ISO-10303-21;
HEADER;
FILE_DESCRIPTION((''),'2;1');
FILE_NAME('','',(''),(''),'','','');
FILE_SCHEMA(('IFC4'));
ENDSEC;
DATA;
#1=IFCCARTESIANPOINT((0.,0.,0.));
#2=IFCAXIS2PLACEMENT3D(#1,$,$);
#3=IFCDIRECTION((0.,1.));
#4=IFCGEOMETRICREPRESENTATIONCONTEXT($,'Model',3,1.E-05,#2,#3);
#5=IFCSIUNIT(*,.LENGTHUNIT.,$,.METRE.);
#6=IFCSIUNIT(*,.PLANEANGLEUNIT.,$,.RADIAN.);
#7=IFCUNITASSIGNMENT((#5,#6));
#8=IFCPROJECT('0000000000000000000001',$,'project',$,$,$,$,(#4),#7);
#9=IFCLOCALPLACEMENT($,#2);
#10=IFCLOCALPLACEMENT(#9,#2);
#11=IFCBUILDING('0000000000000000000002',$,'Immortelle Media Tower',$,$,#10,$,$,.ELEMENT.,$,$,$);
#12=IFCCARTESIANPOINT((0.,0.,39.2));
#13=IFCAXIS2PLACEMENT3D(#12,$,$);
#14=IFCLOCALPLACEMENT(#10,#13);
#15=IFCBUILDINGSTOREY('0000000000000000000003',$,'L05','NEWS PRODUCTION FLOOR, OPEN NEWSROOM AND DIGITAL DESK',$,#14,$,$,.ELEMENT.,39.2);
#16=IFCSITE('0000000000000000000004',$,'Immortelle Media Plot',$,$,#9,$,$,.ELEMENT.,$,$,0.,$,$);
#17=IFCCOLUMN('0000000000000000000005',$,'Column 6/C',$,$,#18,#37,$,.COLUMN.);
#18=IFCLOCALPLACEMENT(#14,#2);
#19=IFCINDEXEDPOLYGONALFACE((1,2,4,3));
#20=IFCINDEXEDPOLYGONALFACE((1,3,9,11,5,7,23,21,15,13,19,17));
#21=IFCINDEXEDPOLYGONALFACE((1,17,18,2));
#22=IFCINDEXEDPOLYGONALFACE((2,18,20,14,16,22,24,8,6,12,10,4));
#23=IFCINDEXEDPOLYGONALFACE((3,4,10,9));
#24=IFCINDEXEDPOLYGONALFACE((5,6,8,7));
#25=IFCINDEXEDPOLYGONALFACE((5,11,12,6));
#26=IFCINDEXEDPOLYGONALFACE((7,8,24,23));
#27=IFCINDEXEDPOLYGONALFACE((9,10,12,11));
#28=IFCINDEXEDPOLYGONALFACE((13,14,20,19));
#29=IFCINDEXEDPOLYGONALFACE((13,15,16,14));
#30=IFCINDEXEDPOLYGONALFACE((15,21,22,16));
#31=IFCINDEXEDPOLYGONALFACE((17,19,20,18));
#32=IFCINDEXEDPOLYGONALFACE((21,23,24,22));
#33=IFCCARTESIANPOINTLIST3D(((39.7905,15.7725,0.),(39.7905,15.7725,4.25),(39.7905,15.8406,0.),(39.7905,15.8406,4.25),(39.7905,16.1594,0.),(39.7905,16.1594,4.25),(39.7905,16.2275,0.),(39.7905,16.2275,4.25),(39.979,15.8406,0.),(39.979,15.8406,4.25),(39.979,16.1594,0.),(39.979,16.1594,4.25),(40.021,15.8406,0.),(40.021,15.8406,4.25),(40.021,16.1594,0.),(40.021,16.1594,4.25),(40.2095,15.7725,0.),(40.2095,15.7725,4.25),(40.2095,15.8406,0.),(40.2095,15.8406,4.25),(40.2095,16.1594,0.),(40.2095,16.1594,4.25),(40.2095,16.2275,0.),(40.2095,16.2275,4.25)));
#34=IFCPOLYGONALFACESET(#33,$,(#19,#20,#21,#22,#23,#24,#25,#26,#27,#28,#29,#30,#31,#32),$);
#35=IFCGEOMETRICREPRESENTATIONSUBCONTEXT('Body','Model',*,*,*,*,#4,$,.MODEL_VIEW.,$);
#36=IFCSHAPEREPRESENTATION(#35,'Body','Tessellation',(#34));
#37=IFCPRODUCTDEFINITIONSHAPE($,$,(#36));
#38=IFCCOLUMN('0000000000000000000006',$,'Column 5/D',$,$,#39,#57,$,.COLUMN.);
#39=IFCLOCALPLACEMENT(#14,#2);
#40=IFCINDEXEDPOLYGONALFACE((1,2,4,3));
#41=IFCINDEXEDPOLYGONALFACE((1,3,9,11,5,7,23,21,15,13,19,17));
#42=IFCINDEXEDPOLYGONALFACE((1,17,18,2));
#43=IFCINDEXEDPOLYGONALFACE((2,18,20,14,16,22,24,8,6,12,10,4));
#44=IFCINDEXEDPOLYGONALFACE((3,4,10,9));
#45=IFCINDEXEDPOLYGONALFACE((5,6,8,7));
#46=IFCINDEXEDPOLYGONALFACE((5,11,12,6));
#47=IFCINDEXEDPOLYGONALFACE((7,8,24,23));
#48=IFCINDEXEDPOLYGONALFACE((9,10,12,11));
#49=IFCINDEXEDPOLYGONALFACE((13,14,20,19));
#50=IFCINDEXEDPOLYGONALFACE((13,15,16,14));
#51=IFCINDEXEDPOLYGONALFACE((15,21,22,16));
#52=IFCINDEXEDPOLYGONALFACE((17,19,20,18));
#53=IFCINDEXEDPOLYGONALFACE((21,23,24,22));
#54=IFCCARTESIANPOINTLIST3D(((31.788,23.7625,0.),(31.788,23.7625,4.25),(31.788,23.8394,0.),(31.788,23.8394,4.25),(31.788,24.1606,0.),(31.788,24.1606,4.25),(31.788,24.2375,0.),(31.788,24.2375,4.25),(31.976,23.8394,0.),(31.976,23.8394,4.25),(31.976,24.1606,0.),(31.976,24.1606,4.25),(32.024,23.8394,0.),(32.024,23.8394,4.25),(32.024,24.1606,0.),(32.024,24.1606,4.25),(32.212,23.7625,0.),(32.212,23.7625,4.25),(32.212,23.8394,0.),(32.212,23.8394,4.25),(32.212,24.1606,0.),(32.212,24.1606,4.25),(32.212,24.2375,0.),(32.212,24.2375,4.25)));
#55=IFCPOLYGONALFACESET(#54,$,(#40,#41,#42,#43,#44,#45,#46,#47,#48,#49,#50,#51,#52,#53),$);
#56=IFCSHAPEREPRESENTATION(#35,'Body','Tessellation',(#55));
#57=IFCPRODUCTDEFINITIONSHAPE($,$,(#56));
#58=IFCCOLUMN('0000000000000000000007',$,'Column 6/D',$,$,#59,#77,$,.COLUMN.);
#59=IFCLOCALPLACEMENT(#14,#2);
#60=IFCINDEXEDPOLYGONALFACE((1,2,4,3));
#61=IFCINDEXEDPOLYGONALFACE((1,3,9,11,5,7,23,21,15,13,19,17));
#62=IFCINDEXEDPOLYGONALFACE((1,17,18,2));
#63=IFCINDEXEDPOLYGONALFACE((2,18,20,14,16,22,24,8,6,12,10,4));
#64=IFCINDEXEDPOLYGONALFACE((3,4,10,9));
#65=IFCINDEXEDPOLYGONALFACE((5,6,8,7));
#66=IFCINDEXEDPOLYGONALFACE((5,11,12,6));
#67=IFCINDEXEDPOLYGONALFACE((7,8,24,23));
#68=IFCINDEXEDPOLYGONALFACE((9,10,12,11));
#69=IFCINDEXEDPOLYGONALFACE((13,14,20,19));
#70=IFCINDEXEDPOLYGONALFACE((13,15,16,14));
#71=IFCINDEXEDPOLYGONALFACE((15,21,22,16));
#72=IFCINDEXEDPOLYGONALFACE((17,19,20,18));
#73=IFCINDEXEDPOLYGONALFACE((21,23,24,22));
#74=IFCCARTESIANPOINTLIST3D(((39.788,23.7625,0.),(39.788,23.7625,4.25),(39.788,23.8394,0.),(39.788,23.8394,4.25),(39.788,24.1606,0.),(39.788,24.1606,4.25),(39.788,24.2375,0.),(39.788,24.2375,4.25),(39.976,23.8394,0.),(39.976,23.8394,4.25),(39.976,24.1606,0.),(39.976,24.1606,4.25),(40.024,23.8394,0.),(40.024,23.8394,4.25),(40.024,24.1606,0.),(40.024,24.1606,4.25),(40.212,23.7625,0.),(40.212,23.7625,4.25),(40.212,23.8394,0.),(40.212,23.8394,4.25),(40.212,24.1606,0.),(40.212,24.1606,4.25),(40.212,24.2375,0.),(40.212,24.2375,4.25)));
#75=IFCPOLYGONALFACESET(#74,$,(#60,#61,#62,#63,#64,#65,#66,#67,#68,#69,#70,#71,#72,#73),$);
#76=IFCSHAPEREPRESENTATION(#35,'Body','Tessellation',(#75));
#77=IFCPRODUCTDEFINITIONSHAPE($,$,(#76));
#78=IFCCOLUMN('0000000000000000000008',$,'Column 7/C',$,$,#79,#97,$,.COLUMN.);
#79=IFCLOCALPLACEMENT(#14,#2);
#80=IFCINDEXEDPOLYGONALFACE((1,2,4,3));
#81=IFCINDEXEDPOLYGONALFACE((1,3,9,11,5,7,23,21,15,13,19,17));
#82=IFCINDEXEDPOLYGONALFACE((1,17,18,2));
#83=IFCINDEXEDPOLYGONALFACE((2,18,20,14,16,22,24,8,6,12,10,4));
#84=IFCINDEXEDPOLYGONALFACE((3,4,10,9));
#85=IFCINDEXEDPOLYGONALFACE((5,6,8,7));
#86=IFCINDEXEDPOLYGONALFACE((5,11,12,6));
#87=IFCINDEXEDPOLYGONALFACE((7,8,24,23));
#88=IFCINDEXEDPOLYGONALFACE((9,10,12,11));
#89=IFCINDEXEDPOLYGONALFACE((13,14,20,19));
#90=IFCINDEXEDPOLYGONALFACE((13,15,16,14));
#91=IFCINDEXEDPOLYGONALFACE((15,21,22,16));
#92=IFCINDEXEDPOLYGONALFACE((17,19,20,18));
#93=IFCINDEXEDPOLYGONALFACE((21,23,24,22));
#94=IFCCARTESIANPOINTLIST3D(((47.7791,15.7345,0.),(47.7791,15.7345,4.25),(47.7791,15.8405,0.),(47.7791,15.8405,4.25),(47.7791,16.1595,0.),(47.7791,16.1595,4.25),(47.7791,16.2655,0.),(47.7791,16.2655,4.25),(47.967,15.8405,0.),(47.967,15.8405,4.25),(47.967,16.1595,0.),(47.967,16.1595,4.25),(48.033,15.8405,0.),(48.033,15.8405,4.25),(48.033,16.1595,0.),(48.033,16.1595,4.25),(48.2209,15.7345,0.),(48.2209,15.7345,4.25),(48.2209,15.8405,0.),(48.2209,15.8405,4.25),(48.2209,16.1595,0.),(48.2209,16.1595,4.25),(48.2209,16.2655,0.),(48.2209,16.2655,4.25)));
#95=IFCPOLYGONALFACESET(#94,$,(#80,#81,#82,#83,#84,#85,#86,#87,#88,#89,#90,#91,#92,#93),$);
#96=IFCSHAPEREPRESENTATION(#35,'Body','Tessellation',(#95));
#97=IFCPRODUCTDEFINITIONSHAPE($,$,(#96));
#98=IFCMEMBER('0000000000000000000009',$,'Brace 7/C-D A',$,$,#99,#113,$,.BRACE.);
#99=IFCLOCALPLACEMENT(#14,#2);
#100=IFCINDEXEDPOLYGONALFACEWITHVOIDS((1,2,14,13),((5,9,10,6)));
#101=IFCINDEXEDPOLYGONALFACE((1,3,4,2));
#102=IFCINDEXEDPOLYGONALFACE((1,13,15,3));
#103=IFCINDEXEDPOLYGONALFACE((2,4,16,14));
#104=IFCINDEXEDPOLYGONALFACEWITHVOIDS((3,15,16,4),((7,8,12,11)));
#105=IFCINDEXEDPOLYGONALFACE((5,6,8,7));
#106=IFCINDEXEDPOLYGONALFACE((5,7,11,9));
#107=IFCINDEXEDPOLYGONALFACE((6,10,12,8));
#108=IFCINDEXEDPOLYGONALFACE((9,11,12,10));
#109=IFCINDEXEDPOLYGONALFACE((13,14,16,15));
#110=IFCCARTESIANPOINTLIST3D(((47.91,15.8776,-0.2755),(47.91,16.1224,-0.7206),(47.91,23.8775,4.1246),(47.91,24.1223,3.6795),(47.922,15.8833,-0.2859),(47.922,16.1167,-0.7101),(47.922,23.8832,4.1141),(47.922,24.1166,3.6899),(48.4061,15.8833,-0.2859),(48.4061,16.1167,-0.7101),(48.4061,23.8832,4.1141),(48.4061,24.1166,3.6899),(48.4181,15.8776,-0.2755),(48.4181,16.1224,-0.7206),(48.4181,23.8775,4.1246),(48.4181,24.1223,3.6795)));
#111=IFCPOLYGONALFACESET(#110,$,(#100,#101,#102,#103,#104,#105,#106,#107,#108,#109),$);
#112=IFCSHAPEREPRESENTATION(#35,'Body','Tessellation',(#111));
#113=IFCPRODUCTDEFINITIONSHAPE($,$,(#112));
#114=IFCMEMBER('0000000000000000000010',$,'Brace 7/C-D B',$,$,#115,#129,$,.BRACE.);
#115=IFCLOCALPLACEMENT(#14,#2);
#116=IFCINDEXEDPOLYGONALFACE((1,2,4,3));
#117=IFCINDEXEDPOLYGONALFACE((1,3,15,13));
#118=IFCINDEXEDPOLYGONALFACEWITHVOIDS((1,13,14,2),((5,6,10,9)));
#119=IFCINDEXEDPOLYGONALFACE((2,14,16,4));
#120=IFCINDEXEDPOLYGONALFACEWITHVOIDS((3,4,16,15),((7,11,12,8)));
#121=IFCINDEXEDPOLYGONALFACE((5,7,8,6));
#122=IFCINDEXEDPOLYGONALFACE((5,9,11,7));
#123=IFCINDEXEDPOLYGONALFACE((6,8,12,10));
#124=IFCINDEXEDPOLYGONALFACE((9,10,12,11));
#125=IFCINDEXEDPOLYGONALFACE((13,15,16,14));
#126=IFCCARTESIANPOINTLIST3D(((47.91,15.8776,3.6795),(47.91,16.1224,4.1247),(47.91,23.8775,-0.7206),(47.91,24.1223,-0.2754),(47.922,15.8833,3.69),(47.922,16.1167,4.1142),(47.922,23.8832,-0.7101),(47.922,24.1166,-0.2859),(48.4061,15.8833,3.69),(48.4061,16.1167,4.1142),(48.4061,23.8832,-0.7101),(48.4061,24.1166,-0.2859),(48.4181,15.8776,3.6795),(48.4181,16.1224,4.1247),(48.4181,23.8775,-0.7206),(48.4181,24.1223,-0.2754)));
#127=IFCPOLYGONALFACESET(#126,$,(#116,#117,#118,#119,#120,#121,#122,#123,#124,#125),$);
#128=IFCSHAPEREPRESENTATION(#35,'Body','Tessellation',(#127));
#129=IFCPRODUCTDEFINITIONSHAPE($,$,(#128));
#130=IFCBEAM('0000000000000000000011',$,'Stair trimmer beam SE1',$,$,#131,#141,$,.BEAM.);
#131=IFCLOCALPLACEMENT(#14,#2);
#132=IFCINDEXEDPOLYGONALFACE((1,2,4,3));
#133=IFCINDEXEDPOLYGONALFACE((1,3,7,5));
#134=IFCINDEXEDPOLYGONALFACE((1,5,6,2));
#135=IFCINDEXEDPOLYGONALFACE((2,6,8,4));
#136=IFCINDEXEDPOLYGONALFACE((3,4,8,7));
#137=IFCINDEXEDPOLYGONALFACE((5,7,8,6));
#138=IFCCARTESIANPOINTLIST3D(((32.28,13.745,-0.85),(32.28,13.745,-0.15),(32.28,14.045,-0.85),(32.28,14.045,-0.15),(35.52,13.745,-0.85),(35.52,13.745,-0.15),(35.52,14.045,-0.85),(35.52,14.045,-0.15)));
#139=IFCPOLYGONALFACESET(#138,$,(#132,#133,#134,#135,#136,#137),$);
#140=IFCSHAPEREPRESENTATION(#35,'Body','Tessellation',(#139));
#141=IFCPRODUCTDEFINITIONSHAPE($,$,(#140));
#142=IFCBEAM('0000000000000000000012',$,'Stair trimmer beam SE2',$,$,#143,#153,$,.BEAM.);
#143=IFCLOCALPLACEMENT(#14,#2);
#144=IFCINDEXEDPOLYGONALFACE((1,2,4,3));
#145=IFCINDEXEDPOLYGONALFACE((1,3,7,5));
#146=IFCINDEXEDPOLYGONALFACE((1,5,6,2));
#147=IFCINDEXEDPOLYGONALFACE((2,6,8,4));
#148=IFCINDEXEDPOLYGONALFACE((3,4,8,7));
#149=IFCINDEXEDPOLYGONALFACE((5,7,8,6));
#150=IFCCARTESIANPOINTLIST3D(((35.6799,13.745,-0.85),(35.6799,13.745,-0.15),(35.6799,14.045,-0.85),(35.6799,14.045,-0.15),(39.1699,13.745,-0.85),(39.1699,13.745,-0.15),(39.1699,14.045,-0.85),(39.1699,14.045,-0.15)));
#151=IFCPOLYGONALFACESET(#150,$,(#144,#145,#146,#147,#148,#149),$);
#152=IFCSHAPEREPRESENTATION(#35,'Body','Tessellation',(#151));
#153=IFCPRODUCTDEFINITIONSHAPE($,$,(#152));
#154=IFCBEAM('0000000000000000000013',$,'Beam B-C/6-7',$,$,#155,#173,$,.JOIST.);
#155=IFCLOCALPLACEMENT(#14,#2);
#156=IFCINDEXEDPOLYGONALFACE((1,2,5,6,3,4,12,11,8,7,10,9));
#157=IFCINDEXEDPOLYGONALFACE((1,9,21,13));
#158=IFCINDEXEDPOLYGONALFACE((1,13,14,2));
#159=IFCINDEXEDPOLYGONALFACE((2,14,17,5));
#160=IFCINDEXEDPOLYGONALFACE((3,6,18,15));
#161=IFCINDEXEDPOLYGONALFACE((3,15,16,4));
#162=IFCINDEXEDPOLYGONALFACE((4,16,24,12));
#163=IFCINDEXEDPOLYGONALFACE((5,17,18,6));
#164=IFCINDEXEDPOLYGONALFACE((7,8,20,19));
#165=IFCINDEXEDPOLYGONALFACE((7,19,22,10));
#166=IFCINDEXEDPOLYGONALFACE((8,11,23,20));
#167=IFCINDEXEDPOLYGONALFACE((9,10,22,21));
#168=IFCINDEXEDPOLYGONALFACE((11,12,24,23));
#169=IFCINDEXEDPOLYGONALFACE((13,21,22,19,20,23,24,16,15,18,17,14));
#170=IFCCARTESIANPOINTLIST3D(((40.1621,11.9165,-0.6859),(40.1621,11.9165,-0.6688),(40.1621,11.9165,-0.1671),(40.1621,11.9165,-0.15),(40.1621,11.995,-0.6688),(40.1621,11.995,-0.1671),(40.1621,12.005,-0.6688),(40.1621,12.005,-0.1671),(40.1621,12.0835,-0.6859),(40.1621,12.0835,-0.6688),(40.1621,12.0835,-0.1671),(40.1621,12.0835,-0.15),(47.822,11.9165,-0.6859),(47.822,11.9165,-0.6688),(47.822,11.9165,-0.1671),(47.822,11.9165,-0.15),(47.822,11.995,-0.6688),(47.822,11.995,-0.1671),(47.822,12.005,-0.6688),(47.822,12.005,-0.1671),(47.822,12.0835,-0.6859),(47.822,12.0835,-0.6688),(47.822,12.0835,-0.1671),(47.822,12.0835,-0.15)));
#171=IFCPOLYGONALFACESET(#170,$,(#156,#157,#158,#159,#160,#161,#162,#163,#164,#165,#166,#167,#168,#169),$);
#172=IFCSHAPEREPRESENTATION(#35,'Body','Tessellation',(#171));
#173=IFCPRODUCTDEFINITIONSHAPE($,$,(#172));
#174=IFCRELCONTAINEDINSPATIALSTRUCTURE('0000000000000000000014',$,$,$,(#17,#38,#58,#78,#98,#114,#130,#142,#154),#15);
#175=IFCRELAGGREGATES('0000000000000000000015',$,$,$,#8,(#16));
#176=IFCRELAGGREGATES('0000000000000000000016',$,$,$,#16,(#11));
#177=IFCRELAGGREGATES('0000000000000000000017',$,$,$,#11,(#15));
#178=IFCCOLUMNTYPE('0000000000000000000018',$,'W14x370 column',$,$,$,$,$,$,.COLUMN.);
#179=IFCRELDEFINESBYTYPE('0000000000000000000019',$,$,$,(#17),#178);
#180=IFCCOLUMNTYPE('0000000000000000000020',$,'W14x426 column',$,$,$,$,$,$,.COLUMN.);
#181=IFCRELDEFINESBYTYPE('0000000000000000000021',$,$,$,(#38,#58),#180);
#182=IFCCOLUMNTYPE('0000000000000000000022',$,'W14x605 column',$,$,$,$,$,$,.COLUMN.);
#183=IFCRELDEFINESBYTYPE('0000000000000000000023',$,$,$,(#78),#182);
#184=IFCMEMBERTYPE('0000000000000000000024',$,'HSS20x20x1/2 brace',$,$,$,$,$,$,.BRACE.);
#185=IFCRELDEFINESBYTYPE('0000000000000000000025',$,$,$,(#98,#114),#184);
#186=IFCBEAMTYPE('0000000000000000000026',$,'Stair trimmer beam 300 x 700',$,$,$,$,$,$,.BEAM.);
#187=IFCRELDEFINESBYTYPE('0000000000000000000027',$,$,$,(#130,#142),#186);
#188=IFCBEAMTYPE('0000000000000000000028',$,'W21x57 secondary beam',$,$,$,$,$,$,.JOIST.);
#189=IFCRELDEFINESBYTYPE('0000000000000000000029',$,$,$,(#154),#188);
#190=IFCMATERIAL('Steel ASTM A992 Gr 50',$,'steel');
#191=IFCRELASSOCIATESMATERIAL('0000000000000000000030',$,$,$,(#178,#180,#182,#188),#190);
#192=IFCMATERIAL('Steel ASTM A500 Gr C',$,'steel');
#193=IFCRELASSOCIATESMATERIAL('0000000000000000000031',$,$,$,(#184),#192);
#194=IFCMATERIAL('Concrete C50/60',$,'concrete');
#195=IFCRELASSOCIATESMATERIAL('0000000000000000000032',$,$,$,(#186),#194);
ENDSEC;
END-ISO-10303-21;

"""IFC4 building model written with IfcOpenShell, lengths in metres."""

from ifc_helpers import new_model, si_unit, direction, frame, origin, origin_2d, place, context, subcontext, project, spatial, rectangle, hollow_rectangle, i_section, extrude, material, material_profile, profile_set, type_object, element, save


model = new_model("IFC4")

# Units and contexts
model_context = context("Model", 3, precision=1e-05, world=origin(), true_north=direction((0.0, 1.0)))
body_context = subcontext(model_context, "Body", "Model", "MODEL_VIEW")
ifc_project = project(units=[si_unit("LENGTHUNIT", "METRE"), si_unit("PLANEANGLEUNIT", "RADIAN")], contexts=[model_context])

# Site, building, storey
site_placement = place(None, origin())
site = spatial("IfcSite", under=ifc_project, at=site_placement, Name="Immortelle Media Plot", CompositionType="ELEMENT", RefElevation=0.0)
building_placement = place(site_placement, origin())
building = spatial("IfcBuilding", under=site, at=building_placement, Name="Immortelle Media Tower", CompositionType="ELEMENT")
storey_placement = place(building_placement, frame((0.0, 0.0, 39.2)))
storey = spatial("IfcBuildingStorey", under=building, at=storey_placement, Name="L05", Description="NEWS PRODUCTION FLOOR, OPEN NEWSROOM AND DIGITAL DESK", CompositionType="ELEMENT", Elevation=39.2)

# Columns
ifc_material_1 = material(Name="Steel ASTM A992 Gr 50", Category="steel")
ifc_material_profile_1 = material_profile(ifc_material_1, i_section(OverallWidth=0.4189, OverallDepth=0.4551, WebThickness=0.042, FlangeThickness=0.0681, at=origin_2d()), Name="W14x370")
ifc_profile_set_1 = profile_set([ifc_material_profile_1], Name="Steel ASTM A992 Gr 50")
column_type_1 = type_object("IfcColumnType", Name="W14x370 column", PredefinedType="COLUMN", material=ifc_profile_set_1)
column_1_placement = place(storey_placement, frame((40.0, 16.0, 0.0), z_axis=(0.0, 0.0, 1.0), x_axis=(1.0, 0.0, 0.0)))
element("IfcColumn", 1, at=column_1_placement, inside=storey, type_object=column_type_1, Name="Column 6/C", PredefinedType="COLUMN", context=body_context, shape_type="SweptSolid", body=[
    extrude(i_section(OverallWidth=0.4189, OverallDepth=0.4551, WebThickness=0.042, FlangeThickness=0.0681, at=origin_2d()), origin(), (0.0, 0.0, 1.0), 4.25),
])
ifc_material_profile_2 = material_profile(ifc_material_1, i_section(OverallWidth=0.4241, OverallDepth=0.4751, WebThickness=0.0481, FlangeThickness=0.0769, at=origin_2d()), Name="W14x426")
ifc_profile_set_2 = profile_set([ifc_material_profile_2], Name="Steel ASTM A992 Gr 50")
column_type_2 = type_object("IfcColumnType", Name="W14x426 column", PredefinedType="COLUMN", material=ifc_profile_set_2)
for number, where, z_axis, x_axis, name in (
    (2, (32.0, 24.0, 0.0), (0.0, 0.0, 1.0), (1.0, 0.0, 0.0), "Column 5/D"),
    (3, (40.0, 24.0, 0.0), (0.0, 0.0, 1.0), (1.0, 0.0, 0.0), "Column 6/D"),
):
    element("IfcColumn", number, at=place(storey_placement, frame(where, z_axis=z_axis, x_axis=x_axis)), inside=storey, type_object=column_type_2, Name=name, PredefinedType="COLUMN", context=body_context, shape_type="SweptSolid", body=[
        extrude(i_section(OverallWidth=0.4241, OverallDepth=0.4751, WebThickness=0.0481, FlangeThickness=0.0769, at=origin_2d()), origin(), (0.0, 0.0, 1.0), 4.25),
    ])
ifc_material_profile_3 = material_profile(ifc_material_1, i_section(OverallWidth=0.4419, OverallDepth=0.531, WebThickness=0.0659, FlangeThickness=0.106, at=origin_2d()), Name="W14x605")
ifc_profile_set_3 = profile_set([ifc_material_profile_3], Name="Steel ASTM A992 Gr 50")
column_type_3 = type_object("IfcColumnType", Name="W14x605 column", PredefinedType="COLUMN", material=ifc_profile_set_3)
column_2_placement = place(storey_placement, frame((48.0, 16.0, 0.0), z_axis=(0.0, 0.0, 1.0), x_axis=(1.0, 0.0, 0.0)))
element("IfcColumn", 4, at=column_2_placement, inside=storey, type_object=column_type_3, Name="Column 7/C", PredefinedType="COLUMN", context=body_context, shape_type="SweptSolid", body=[
    extrude(i_section(OverallWidth=0.4419, OverallDepth=0.531, WebThickness=0.0659, FlangeThickness=0.106, at=origin_2d()), origin(), (0.0, 0.0, 1.0), 4.25),
])

# Members
ifc_material_2 = material(Name="Steel ASTM A500 Gr C", Category="steel")
ifc_material_profile_4 = material_profile(ifc_material_2, hollow_rectangle(XDim=0.5081, YDim=0.5081, WallThickness=0.012, at=origin_2d()), Name="HSS20x20x1/2 brace")
ifc_profile_set_4 = profile_set([ifc_material_profile_4], Name="Steel ASTM A500 Gr C")
member_type = type_object("IfcMemberType", Name="HSS20x20x1/2 brace", PredefinedType="BRACE", material=ifc_profile_set_4)
for number, where, z_axis, x_axis, name in (
    (5, (48.1641, 16.0, -0.498), (0.0, 0.876209, 0.481931), (-1.0, 0.0, 0.0), "Brace 7/C-D A"),
    (6, (48.1641, 16.0, 3.9021), (0.0, 0.876209, -0.481931), (-1.0, 0.0, 0.0), "Brace 7/C-D B"),
):
    element("IfcMember", number, at=place(storey_placement, frame(where, z_axis=z_axis, x_axis=x_axis)), inside=storey, type_object=member_type, Name=name, PredefinedType="BRACE", context=body_context, shape_type="SweptSolid", body=[
        extrude(hollow_rectangle(XDim=0.5081, YDim=0.5081, WallThickness=0.012, at=origin_2d()), origin(), (0.0, 0.0, 1.0), 9.1301),
    ])

# Beams
ifc_material_3 = material(Name="Concrete C50/60", Category="concrete")
ifc_material_profile_5 = material_profile(ifc_material_3, rectangle(XDim=0.3, YDim=0.7, at=origin_2d()), Name="RC 300x700")
ifc_profile_set_5 = profile_set([ifc_material_profile_5], Name="Concrete C50/60")
beam_type_1 = type_object("IfcBeamType", Name="Stair trimmer beam 300 x 700", PredefinedType="BEAM", material=ifc_profile_set_5)
beam_1_placement = place(storey_placement, frame((32.28, 13.895, -0.5), z_axis=(1.0, 0.0, 0.0), x_axis=(0.0, 1.0, 0.0)))
element("IfcBeam", 7, at=beam_1_placement, inside=storey, type_object=beam_type_1, Name="Stair trimmer beam SE1", PredefinedType="BEAM", context=body_context, shape_type="SweptSolid", body=[
    extrude(rectangle(XDim=0.3, YDim=0.7, at=origin_2d()), origin(), (0.0, 0.0, 1.0), 3.24),
])
beam_2_placement = place(storey_placement, frame((35.6799, 13.895, -0.5), z_axis=(1.0, 0.0, 0.0), x_axis=(0.0, 1.0, 0.0)))
element("IfcBeam", 8, at=beam_2_placement, inside=storey, type_object=beam_type_1, Name="Stair trimmer beam SE2", PredefinedType="BEAM", context=body_context, shape_type="SweptSolid", body=[
    extrude(rectangle(XDim=0.3, YDim=0.7, at=origin_2d()), origin(), (0.0, 0.0, 1.0), 3.49),
])
ifc_material_profile_6 = material_profile(ifc_material_1, i_section(OverallWidth=0.167, OverallDepth=0.5359, WebThickness=0.01, FlangeThickness=0.0171, at=origin_2d()), Name="W21x57")
ifc_profile_set_6 = profile_set([ifc_material_profile_6], Name="Steel ASTM A992 Gr 50")
beam_type_2 = type_object("IfcBeamType", Name="W21x57 secondary beam", PredefinedType="JOIST", material=ifc_profile_set_6)
beam_3_placement = place(storey_placement, frame((40.1621, 12.0, -0.418), z_axis=(1.0, 0.0, 0.0), x_axis=(0.0, 1.0, 0.0)))
element("IfcBeam", 9, at=beam_3_placement, inside=storey, type_object=beam_type_2, Name="Beam B-C/6-7", PredefinedType="JOIST", context=body_context, shape_type="SweptSolid", body=[
    extrude(i_section(OverallWidth=0.167, OverallDepth=0.5359, WebThickness=0.01, FlangeThickness=0.0171, at=origin_2d()), origin(), (0.0, 0.0, 1.0), 7.6599),
])

save(model, "model.ifc")
